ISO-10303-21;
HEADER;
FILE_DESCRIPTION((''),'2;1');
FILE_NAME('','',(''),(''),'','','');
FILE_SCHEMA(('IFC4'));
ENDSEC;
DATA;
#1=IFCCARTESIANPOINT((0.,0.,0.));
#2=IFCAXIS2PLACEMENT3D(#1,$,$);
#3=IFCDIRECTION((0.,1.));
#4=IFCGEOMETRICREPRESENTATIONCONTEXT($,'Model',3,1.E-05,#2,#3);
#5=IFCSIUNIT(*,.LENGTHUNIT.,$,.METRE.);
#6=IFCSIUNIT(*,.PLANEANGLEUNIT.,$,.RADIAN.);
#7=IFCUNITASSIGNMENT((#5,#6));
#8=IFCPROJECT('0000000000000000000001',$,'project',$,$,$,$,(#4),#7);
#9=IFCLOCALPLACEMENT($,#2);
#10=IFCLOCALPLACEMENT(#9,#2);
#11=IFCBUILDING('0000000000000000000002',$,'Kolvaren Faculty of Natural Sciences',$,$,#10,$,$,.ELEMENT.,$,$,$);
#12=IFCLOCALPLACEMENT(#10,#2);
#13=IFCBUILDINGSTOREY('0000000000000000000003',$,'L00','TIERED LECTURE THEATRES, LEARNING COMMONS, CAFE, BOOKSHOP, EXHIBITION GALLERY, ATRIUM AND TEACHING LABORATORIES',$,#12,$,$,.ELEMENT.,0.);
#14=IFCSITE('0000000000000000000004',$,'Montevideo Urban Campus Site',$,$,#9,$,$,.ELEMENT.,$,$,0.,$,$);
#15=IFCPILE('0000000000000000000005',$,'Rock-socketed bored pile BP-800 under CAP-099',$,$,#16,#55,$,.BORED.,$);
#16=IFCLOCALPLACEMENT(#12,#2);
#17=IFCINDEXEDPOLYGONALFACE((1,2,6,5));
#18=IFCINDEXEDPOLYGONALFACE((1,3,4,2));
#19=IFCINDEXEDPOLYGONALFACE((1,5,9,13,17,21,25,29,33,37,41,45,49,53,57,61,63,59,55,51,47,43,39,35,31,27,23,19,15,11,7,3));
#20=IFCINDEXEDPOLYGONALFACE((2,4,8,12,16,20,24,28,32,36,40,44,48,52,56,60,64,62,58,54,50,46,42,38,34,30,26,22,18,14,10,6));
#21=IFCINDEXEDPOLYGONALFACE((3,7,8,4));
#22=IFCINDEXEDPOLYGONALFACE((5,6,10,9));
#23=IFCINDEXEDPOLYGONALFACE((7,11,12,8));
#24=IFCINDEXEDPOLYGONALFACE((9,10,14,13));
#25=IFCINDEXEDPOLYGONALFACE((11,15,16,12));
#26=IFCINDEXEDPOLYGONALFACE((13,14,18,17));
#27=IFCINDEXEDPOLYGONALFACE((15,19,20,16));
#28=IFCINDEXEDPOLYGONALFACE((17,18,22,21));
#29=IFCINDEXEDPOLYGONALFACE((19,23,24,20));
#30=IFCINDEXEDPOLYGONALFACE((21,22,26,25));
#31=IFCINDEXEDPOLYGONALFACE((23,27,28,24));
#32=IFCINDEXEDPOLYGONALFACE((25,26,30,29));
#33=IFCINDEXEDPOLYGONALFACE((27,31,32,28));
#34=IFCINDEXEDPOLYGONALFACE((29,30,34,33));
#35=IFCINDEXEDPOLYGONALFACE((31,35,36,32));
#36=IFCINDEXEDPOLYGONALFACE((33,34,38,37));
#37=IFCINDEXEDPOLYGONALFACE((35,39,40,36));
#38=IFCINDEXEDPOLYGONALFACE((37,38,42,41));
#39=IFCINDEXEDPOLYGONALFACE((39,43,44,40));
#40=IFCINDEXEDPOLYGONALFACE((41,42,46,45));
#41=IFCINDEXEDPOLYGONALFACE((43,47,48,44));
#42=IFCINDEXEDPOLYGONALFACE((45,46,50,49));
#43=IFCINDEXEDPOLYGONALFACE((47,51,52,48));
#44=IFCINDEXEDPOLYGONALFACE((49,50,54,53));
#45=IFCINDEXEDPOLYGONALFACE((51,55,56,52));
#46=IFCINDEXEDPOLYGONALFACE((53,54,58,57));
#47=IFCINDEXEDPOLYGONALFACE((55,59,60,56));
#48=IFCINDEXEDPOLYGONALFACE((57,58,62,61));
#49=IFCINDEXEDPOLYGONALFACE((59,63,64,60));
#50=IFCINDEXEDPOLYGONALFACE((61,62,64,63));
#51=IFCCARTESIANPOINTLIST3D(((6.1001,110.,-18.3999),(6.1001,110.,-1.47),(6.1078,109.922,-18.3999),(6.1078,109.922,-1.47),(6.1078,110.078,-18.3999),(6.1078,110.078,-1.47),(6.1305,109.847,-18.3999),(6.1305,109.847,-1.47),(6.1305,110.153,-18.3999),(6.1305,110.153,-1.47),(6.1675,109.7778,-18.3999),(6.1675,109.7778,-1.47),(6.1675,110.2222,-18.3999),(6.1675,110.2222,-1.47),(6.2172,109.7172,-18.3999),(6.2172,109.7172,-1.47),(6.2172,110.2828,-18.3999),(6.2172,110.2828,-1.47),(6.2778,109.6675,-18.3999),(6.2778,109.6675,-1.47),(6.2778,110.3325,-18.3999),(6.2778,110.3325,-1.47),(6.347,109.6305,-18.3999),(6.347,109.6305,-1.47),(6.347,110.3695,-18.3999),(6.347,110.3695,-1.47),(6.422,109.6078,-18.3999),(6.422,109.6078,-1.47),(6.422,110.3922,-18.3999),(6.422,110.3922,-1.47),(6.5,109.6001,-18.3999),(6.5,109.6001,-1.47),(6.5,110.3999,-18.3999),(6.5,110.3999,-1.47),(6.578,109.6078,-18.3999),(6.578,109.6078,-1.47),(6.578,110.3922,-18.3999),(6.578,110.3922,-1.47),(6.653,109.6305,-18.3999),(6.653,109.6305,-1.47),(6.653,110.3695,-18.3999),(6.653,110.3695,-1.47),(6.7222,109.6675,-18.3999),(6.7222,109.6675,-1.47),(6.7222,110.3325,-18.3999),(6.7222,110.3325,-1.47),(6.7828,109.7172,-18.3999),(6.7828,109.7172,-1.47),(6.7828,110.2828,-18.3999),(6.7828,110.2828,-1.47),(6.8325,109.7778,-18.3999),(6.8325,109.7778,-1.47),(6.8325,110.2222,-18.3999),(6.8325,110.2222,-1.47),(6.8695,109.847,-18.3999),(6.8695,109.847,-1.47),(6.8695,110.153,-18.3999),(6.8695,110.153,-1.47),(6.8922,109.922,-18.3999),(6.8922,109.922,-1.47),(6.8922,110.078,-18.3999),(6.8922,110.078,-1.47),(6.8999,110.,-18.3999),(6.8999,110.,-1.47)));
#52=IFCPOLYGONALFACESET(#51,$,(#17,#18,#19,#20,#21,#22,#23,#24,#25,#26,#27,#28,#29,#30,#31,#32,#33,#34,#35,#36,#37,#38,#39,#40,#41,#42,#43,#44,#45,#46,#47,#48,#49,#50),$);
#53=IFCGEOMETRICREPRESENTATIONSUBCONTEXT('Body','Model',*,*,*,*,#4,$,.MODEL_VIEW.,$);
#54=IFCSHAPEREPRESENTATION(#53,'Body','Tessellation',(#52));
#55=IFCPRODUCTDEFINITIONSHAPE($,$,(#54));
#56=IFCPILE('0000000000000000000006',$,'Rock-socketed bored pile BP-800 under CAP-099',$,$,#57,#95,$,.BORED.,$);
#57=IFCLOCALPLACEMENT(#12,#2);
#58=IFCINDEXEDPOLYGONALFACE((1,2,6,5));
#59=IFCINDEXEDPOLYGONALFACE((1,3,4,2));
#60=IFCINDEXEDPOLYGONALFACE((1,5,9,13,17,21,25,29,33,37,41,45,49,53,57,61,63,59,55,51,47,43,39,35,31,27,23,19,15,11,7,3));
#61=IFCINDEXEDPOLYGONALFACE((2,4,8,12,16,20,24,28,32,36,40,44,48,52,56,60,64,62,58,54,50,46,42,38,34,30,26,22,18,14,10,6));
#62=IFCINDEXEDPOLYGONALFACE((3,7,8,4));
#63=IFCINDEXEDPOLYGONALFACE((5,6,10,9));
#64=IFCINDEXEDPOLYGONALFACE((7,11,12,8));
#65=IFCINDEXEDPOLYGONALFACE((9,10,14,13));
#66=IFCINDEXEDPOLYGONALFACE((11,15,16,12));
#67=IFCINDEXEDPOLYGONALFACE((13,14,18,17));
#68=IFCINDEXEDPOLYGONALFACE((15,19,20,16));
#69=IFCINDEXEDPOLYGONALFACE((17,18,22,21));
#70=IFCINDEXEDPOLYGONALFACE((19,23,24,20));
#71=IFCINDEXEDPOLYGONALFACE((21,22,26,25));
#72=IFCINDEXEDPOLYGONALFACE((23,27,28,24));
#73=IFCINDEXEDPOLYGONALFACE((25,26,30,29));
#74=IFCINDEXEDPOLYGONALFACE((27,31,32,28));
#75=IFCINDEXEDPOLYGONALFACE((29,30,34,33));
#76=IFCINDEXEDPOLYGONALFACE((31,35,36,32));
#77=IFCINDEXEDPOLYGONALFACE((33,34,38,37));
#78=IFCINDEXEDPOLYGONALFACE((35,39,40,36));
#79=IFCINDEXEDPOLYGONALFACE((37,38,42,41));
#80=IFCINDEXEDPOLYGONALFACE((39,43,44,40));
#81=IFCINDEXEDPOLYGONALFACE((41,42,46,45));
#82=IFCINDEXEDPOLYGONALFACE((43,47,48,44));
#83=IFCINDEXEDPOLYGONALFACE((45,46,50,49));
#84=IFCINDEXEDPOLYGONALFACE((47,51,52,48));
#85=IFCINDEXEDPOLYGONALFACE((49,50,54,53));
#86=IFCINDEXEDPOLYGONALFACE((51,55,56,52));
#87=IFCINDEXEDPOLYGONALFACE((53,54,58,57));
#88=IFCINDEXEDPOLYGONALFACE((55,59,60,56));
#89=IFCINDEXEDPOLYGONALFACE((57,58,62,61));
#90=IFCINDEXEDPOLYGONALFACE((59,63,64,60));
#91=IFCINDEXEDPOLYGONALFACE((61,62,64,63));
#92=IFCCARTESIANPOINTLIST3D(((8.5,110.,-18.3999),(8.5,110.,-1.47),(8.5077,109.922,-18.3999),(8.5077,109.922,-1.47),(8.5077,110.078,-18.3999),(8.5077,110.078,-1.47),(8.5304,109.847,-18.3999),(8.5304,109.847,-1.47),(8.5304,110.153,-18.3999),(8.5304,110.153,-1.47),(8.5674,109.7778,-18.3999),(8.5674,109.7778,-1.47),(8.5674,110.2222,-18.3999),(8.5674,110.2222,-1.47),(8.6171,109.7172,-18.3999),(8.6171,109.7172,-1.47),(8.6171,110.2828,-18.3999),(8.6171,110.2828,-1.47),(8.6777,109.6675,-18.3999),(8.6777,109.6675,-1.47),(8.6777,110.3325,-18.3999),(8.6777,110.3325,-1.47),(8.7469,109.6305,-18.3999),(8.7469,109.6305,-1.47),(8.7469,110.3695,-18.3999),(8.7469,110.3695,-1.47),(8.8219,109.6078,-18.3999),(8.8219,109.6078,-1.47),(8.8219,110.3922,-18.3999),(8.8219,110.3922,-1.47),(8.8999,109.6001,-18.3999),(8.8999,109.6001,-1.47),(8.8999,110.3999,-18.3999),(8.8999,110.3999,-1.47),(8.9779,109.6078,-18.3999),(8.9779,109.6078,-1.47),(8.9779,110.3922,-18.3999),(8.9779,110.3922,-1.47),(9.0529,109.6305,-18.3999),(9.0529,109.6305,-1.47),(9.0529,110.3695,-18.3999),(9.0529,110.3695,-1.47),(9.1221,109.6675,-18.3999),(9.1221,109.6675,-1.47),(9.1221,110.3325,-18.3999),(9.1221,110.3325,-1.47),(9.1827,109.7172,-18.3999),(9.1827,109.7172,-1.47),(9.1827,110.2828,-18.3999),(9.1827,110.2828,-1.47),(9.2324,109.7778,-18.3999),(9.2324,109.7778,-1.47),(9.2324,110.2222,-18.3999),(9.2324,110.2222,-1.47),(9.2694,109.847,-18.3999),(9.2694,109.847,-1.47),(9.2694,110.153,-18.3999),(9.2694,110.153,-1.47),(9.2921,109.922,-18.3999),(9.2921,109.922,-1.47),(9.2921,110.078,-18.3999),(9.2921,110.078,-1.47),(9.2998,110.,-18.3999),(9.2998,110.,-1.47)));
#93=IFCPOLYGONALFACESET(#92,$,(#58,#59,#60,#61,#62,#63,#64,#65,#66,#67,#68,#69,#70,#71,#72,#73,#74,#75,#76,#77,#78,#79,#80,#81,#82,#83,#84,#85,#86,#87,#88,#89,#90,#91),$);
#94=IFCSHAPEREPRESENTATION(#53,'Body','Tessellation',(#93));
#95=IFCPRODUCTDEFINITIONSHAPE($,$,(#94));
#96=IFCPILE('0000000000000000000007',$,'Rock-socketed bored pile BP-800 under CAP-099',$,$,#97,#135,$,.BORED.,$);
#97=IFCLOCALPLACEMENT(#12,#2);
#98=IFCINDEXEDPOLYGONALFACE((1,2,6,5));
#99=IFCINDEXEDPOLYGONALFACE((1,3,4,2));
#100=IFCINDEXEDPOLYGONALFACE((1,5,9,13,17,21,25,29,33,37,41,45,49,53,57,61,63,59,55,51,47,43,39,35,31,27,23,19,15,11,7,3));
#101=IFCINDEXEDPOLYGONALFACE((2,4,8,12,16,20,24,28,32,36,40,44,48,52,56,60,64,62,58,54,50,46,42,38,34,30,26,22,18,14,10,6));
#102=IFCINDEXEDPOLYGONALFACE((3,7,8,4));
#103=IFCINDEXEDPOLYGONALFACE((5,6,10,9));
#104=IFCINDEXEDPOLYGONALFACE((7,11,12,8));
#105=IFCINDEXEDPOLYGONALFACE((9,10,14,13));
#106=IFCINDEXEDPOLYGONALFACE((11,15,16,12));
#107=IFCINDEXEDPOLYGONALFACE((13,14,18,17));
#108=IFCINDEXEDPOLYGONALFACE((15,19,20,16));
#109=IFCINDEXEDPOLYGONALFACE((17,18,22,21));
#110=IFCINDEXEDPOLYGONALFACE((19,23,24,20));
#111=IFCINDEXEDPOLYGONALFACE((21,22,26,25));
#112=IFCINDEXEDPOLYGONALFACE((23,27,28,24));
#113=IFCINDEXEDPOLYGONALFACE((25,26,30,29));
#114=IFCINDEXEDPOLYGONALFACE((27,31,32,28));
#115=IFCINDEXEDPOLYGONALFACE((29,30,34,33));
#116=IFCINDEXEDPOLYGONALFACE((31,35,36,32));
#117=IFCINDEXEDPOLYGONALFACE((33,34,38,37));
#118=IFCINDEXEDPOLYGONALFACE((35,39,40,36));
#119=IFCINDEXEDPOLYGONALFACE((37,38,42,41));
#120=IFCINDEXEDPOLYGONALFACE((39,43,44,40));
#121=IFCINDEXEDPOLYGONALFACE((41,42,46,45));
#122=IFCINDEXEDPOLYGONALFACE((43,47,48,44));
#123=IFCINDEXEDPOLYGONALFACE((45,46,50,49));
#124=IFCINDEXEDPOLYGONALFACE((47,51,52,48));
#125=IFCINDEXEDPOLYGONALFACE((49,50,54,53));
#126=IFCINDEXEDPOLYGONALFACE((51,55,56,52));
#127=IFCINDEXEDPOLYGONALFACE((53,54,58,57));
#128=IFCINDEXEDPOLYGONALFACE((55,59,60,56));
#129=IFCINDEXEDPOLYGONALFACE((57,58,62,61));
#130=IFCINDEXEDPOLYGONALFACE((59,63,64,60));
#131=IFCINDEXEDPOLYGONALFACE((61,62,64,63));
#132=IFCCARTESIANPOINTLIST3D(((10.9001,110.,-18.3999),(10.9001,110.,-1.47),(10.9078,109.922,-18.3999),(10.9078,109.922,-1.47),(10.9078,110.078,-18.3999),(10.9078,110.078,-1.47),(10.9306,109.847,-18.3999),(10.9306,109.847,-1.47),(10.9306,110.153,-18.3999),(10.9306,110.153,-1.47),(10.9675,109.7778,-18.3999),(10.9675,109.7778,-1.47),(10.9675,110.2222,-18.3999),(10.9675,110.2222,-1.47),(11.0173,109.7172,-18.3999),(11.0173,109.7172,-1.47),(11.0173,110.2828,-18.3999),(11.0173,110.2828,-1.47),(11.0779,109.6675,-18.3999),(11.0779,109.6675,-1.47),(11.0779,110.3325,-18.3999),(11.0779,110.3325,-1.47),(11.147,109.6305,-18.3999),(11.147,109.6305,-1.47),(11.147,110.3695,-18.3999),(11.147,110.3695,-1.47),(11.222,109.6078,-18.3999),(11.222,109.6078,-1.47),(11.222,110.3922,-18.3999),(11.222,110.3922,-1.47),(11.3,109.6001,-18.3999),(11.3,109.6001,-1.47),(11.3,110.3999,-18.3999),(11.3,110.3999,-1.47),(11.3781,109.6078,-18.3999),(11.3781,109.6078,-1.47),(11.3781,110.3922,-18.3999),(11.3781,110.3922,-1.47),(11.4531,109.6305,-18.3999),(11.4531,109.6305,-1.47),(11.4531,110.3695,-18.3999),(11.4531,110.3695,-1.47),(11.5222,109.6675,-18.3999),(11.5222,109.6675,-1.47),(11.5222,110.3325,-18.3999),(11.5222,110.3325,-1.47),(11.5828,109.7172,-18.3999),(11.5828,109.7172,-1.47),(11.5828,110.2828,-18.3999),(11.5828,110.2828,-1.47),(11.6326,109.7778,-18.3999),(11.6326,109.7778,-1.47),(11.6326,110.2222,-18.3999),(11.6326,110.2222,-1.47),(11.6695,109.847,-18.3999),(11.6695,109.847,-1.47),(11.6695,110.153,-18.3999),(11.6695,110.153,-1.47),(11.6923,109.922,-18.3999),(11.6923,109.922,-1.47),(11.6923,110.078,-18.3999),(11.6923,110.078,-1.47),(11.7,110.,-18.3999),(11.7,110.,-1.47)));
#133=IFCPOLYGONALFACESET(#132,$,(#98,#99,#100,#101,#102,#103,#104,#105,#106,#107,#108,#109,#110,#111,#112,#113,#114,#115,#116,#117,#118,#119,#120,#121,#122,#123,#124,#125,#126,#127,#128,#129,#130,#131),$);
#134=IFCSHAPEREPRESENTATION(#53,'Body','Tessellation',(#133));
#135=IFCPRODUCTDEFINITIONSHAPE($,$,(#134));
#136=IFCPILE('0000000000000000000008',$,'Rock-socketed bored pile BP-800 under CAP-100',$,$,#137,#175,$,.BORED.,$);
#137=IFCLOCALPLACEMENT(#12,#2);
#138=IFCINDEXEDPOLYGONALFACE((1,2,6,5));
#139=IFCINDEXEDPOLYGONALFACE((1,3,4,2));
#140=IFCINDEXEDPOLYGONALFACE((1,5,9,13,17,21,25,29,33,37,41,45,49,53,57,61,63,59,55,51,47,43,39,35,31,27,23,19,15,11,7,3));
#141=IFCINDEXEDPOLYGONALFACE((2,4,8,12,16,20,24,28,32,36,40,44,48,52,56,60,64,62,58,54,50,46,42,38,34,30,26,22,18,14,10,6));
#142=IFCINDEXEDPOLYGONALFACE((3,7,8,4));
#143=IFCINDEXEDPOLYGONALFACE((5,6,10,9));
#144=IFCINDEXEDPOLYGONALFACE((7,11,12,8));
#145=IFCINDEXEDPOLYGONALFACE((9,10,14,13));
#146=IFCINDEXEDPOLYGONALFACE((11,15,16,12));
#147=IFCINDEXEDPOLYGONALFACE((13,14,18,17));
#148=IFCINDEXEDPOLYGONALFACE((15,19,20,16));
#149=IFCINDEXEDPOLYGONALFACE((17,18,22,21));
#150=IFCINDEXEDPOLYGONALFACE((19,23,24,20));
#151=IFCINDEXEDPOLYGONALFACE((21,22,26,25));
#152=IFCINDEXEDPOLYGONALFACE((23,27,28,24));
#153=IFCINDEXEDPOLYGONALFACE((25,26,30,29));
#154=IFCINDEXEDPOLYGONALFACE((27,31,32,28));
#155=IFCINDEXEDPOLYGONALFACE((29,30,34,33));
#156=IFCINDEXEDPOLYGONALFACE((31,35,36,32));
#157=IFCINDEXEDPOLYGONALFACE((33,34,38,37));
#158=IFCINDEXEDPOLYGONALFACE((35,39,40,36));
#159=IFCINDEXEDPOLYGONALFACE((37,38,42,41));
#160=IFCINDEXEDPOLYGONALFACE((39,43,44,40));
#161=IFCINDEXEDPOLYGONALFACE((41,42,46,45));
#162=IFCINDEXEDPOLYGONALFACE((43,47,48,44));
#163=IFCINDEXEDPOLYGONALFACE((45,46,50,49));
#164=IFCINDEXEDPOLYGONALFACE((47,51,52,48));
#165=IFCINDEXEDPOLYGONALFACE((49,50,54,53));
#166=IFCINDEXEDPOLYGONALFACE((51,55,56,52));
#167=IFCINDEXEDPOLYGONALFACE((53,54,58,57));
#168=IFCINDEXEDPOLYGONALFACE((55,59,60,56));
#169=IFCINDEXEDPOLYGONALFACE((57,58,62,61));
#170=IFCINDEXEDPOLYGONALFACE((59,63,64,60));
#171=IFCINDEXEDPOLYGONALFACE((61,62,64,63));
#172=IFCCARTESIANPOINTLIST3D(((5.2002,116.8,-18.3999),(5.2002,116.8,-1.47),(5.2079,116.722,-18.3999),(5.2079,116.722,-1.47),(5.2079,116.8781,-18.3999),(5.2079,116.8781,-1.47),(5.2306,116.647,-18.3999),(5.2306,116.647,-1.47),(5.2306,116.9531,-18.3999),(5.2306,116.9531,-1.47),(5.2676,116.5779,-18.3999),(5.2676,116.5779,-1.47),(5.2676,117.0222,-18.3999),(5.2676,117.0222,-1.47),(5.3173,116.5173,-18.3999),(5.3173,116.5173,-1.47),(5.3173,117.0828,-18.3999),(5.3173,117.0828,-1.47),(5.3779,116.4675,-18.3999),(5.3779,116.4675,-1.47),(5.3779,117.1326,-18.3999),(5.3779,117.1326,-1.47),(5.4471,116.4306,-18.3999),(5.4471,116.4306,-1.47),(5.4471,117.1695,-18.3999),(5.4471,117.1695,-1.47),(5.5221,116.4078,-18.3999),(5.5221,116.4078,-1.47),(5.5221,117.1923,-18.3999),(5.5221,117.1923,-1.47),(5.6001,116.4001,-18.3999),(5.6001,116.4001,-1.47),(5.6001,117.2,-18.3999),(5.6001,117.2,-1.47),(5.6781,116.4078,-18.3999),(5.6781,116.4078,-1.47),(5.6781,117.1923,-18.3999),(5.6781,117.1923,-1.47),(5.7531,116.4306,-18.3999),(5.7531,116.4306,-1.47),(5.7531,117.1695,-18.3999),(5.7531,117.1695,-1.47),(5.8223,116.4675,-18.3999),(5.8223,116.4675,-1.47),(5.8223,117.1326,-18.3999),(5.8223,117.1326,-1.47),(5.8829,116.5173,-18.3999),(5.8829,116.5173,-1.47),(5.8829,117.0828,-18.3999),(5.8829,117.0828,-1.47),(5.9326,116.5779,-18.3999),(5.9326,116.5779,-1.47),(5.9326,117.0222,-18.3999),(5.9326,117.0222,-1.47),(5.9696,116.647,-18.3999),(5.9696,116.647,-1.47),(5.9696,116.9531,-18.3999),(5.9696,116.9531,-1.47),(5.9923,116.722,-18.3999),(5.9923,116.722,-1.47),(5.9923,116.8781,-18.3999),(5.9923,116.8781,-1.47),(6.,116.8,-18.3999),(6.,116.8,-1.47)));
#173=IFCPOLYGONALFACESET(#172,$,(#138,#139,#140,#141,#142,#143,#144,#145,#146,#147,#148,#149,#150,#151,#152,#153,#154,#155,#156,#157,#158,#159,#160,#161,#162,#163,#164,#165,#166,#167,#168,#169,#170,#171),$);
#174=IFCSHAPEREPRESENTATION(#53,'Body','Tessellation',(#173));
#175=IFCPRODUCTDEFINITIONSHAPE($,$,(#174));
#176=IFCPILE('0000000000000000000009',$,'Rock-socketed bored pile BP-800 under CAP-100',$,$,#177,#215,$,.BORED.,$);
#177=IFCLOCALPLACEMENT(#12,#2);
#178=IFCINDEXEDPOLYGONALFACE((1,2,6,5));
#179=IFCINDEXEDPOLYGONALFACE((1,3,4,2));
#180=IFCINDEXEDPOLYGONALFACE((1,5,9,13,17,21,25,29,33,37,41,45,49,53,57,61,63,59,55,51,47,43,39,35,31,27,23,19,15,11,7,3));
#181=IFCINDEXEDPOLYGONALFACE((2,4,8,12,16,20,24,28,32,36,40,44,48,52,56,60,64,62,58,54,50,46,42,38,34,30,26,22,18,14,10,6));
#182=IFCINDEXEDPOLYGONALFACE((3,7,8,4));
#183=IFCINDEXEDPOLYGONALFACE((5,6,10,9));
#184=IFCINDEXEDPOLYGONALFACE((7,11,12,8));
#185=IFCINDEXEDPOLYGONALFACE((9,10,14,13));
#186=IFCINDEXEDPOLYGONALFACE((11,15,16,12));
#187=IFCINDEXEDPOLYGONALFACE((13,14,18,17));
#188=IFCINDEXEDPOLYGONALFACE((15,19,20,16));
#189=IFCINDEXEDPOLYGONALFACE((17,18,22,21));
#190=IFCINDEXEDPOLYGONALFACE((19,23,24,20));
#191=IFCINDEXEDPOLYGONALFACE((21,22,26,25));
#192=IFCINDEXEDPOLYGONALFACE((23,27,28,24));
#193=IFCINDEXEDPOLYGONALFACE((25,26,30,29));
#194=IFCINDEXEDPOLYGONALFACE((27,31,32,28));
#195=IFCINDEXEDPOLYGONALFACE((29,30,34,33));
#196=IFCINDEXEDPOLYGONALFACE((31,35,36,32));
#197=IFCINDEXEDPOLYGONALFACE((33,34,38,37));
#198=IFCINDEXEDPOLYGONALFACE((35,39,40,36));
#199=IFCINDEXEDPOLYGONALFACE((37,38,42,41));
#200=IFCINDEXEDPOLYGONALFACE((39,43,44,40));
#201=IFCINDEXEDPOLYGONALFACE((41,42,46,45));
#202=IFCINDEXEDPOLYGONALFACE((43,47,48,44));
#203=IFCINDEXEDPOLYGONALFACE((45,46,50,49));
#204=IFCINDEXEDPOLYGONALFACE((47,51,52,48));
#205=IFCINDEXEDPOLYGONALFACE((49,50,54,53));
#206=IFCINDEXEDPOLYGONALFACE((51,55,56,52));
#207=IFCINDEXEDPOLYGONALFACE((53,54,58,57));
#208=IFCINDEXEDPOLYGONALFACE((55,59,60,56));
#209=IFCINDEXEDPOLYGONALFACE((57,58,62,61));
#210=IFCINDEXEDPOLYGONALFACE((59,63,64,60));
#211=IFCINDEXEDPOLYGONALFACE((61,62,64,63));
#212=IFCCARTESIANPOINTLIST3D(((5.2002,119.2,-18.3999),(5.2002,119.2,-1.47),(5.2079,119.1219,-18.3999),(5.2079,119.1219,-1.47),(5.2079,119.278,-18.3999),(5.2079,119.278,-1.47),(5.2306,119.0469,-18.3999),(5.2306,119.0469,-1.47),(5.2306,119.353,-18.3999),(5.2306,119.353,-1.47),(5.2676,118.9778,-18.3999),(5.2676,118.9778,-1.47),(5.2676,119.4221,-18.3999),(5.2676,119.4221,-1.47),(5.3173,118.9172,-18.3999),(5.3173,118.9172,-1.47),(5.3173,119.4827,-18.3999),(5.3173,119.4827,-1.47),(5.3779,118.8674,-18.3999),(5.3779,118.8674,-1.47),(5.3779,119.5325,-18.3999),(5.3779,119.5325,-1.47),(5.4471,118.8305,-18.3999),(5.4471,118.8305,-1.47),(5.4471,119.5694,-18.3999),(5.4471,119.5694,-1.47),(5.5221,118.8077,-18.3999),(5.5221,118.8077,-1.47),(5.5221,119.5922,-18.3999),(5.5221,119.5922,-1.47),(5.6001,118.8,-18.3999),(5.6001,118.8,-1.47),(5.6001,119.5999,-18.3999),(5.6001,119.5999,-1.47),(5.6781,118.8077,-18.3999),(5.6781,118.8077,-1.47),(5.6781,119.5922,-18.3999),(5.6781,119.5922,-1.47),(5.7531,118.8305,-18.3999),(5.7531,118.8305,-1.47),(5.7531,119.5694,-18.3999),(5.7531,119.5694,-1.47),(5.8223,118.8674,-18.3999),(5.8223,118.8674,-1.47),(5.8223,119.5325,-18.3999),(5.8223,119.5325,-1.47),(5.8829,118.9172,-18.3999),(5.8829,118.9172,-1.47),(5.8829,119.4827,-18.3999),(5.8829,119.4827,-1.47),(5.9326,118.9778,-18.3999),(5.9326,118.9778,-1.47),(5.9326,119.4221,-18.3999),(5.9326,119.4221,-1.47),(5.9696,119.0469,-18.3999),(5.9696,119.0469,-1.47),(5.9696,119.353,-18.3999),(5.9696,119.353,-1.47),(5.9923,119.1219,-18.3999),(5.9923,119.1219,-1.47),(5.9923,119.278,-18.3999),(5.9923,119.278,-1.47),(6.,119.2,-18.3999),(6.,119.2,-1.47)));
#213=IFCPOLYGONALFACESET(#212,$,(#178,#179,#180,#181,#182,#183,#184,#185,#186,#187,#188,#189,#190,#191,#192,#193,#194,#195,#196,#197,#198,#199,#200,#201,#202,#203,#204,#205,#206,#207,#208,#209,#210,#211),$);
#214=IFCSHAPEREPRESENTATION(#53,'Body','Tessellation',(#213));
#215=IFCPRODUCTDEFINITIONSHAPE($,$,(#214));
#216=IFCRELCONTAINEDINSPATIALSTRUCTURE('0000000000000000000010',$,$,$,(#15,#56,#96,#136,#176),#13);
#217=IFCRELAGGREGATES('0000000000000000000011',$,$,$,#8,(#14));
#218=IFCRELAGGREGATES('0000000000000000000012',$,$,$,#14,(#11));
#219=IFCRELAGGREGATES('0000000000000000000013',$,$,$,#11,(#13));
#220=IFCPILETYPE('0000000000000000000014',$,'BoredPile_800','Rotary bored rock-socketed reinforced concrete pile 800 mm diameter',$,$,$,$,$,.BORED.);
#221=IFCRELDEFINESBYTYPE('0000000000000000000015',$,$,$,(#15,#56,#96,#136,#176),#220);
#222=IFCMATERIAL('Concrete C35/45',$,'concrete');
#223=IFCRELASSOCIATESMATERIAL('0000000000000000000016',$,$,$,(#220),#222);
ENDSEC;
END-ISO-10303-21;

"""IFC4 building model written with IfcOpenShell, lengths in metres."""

from ifc_helpers import new_model, si_unit, direction, frame, origin, origin_2d, place, context, subcontext, project, spatial, circle, extrude, material, material_profile, profile_set, type_object, element, save


model = new_model("IFC4")

# Units and contexts
model_context = context("Model", 3, precision=1e-05, world=origin(), true_north=direction((0.0, 1.0)))
body_context = subcontext(model_context, "Body", "Model", "MODEL_VIEW")
ifc_project = project(units=[si_unit("LENGTHUNIT", "METRE"), si_unit("PLANEANGLEUNIT", "RADIAN")], contexts=[model_context])

# Site, building, storey
site_placement = place(None, origin())
site = spatial("IfcSite", under=ifc_project, at=site_placement, Name="Montevideo Urban Campus Site", CompositionType="ELEMENT", RefElevation=0.0)
building_placement = place(site_placement, origin())
building = spatial("IfcBuilding", under=site, at=building_placement, Name="Kolvaren Faculty of Natural Sciences", CompositionType="ELEMENT")
storey_placement = place(building_placement, origin())
storey = spatial("IfcBuildingStorey", under=building, at=storey_placement, Name="L00", Description="TIERED LECTURE THEATRES, LEARNING COMMONS, CAFE, BOOKSHOP, EXHIBITION GALLERY, ATRIUM AND TEACHING LABORATORIES", CompositionType="ELEMENT", Elevation=0.0)

# Piles
ifc_material_1 = material(Name="Concrete C35/45", Category="concrete")
ifc_material_profile_1 = material_profile(ifc_material_1, circle(Radius=0.3999, at=origin_2d()), Name="PILE D800")
ifc_profile_set_1 = profile_set([ifc_material_profile_1], Name="Concrete C35/45")
pile_type = type_object("IfcPileType", Name="BoredPile_800", Description="Rotary bored rock-socketed reinforced concrete pile 800 mm diameter", PredefinedType="BORED", material=ifc_profile_set_1)
for number, where, z_axis, x_axis, name in (
    (1, (6.5, 110.0, -1.47), (0.0, 0.0, -1.0), (1.0, 0.0, 0.0), "Rock-socketed bored pile BP-800 under CAP-099"),
    (2, (8.8999, 110.0, -1.47), (0.0, 0.0, -1.0), (1.0, 0.0, 0.0), "Rock-socketed bored pile BP-800 under CAP-099"),
    (3, (11.3, 110.0, -1.47), (0.0, 0.0, -1.0), (1.0, 0.0, 0.0), "Rock-socketed bored pile BP-800 under CAP-099"),
    (4, (5.6001, 116.8, -1.47), (0.0, 0.0, -1.0), (1.0, 0.0, 0.0), "Rock-socketed bored pile BP-800 under CAP-100"),
    (5, (5.6001, 119.2, -1.47), (0.0, 0.0, -1.0), (1.0, 0.0, 0.0), "Rock-socketed bored pile BP-800 under CAP-100"),
):
    element("IfcPile", number, at=place(storey_placement, frame(where, z_axis=z_axis, x_axis=x_axis)), inside=storey, type_object=pile_type, Name=name, PredefinedType="BORED", context=body_context, shape_type="SweptSolid", body=[
        extrude(circle(Radius=0.3999, at=origin_2d()), origin(), (0.0, 0.0, 1.0), 16.9299),
    ])

save(model, "model.ifc")
